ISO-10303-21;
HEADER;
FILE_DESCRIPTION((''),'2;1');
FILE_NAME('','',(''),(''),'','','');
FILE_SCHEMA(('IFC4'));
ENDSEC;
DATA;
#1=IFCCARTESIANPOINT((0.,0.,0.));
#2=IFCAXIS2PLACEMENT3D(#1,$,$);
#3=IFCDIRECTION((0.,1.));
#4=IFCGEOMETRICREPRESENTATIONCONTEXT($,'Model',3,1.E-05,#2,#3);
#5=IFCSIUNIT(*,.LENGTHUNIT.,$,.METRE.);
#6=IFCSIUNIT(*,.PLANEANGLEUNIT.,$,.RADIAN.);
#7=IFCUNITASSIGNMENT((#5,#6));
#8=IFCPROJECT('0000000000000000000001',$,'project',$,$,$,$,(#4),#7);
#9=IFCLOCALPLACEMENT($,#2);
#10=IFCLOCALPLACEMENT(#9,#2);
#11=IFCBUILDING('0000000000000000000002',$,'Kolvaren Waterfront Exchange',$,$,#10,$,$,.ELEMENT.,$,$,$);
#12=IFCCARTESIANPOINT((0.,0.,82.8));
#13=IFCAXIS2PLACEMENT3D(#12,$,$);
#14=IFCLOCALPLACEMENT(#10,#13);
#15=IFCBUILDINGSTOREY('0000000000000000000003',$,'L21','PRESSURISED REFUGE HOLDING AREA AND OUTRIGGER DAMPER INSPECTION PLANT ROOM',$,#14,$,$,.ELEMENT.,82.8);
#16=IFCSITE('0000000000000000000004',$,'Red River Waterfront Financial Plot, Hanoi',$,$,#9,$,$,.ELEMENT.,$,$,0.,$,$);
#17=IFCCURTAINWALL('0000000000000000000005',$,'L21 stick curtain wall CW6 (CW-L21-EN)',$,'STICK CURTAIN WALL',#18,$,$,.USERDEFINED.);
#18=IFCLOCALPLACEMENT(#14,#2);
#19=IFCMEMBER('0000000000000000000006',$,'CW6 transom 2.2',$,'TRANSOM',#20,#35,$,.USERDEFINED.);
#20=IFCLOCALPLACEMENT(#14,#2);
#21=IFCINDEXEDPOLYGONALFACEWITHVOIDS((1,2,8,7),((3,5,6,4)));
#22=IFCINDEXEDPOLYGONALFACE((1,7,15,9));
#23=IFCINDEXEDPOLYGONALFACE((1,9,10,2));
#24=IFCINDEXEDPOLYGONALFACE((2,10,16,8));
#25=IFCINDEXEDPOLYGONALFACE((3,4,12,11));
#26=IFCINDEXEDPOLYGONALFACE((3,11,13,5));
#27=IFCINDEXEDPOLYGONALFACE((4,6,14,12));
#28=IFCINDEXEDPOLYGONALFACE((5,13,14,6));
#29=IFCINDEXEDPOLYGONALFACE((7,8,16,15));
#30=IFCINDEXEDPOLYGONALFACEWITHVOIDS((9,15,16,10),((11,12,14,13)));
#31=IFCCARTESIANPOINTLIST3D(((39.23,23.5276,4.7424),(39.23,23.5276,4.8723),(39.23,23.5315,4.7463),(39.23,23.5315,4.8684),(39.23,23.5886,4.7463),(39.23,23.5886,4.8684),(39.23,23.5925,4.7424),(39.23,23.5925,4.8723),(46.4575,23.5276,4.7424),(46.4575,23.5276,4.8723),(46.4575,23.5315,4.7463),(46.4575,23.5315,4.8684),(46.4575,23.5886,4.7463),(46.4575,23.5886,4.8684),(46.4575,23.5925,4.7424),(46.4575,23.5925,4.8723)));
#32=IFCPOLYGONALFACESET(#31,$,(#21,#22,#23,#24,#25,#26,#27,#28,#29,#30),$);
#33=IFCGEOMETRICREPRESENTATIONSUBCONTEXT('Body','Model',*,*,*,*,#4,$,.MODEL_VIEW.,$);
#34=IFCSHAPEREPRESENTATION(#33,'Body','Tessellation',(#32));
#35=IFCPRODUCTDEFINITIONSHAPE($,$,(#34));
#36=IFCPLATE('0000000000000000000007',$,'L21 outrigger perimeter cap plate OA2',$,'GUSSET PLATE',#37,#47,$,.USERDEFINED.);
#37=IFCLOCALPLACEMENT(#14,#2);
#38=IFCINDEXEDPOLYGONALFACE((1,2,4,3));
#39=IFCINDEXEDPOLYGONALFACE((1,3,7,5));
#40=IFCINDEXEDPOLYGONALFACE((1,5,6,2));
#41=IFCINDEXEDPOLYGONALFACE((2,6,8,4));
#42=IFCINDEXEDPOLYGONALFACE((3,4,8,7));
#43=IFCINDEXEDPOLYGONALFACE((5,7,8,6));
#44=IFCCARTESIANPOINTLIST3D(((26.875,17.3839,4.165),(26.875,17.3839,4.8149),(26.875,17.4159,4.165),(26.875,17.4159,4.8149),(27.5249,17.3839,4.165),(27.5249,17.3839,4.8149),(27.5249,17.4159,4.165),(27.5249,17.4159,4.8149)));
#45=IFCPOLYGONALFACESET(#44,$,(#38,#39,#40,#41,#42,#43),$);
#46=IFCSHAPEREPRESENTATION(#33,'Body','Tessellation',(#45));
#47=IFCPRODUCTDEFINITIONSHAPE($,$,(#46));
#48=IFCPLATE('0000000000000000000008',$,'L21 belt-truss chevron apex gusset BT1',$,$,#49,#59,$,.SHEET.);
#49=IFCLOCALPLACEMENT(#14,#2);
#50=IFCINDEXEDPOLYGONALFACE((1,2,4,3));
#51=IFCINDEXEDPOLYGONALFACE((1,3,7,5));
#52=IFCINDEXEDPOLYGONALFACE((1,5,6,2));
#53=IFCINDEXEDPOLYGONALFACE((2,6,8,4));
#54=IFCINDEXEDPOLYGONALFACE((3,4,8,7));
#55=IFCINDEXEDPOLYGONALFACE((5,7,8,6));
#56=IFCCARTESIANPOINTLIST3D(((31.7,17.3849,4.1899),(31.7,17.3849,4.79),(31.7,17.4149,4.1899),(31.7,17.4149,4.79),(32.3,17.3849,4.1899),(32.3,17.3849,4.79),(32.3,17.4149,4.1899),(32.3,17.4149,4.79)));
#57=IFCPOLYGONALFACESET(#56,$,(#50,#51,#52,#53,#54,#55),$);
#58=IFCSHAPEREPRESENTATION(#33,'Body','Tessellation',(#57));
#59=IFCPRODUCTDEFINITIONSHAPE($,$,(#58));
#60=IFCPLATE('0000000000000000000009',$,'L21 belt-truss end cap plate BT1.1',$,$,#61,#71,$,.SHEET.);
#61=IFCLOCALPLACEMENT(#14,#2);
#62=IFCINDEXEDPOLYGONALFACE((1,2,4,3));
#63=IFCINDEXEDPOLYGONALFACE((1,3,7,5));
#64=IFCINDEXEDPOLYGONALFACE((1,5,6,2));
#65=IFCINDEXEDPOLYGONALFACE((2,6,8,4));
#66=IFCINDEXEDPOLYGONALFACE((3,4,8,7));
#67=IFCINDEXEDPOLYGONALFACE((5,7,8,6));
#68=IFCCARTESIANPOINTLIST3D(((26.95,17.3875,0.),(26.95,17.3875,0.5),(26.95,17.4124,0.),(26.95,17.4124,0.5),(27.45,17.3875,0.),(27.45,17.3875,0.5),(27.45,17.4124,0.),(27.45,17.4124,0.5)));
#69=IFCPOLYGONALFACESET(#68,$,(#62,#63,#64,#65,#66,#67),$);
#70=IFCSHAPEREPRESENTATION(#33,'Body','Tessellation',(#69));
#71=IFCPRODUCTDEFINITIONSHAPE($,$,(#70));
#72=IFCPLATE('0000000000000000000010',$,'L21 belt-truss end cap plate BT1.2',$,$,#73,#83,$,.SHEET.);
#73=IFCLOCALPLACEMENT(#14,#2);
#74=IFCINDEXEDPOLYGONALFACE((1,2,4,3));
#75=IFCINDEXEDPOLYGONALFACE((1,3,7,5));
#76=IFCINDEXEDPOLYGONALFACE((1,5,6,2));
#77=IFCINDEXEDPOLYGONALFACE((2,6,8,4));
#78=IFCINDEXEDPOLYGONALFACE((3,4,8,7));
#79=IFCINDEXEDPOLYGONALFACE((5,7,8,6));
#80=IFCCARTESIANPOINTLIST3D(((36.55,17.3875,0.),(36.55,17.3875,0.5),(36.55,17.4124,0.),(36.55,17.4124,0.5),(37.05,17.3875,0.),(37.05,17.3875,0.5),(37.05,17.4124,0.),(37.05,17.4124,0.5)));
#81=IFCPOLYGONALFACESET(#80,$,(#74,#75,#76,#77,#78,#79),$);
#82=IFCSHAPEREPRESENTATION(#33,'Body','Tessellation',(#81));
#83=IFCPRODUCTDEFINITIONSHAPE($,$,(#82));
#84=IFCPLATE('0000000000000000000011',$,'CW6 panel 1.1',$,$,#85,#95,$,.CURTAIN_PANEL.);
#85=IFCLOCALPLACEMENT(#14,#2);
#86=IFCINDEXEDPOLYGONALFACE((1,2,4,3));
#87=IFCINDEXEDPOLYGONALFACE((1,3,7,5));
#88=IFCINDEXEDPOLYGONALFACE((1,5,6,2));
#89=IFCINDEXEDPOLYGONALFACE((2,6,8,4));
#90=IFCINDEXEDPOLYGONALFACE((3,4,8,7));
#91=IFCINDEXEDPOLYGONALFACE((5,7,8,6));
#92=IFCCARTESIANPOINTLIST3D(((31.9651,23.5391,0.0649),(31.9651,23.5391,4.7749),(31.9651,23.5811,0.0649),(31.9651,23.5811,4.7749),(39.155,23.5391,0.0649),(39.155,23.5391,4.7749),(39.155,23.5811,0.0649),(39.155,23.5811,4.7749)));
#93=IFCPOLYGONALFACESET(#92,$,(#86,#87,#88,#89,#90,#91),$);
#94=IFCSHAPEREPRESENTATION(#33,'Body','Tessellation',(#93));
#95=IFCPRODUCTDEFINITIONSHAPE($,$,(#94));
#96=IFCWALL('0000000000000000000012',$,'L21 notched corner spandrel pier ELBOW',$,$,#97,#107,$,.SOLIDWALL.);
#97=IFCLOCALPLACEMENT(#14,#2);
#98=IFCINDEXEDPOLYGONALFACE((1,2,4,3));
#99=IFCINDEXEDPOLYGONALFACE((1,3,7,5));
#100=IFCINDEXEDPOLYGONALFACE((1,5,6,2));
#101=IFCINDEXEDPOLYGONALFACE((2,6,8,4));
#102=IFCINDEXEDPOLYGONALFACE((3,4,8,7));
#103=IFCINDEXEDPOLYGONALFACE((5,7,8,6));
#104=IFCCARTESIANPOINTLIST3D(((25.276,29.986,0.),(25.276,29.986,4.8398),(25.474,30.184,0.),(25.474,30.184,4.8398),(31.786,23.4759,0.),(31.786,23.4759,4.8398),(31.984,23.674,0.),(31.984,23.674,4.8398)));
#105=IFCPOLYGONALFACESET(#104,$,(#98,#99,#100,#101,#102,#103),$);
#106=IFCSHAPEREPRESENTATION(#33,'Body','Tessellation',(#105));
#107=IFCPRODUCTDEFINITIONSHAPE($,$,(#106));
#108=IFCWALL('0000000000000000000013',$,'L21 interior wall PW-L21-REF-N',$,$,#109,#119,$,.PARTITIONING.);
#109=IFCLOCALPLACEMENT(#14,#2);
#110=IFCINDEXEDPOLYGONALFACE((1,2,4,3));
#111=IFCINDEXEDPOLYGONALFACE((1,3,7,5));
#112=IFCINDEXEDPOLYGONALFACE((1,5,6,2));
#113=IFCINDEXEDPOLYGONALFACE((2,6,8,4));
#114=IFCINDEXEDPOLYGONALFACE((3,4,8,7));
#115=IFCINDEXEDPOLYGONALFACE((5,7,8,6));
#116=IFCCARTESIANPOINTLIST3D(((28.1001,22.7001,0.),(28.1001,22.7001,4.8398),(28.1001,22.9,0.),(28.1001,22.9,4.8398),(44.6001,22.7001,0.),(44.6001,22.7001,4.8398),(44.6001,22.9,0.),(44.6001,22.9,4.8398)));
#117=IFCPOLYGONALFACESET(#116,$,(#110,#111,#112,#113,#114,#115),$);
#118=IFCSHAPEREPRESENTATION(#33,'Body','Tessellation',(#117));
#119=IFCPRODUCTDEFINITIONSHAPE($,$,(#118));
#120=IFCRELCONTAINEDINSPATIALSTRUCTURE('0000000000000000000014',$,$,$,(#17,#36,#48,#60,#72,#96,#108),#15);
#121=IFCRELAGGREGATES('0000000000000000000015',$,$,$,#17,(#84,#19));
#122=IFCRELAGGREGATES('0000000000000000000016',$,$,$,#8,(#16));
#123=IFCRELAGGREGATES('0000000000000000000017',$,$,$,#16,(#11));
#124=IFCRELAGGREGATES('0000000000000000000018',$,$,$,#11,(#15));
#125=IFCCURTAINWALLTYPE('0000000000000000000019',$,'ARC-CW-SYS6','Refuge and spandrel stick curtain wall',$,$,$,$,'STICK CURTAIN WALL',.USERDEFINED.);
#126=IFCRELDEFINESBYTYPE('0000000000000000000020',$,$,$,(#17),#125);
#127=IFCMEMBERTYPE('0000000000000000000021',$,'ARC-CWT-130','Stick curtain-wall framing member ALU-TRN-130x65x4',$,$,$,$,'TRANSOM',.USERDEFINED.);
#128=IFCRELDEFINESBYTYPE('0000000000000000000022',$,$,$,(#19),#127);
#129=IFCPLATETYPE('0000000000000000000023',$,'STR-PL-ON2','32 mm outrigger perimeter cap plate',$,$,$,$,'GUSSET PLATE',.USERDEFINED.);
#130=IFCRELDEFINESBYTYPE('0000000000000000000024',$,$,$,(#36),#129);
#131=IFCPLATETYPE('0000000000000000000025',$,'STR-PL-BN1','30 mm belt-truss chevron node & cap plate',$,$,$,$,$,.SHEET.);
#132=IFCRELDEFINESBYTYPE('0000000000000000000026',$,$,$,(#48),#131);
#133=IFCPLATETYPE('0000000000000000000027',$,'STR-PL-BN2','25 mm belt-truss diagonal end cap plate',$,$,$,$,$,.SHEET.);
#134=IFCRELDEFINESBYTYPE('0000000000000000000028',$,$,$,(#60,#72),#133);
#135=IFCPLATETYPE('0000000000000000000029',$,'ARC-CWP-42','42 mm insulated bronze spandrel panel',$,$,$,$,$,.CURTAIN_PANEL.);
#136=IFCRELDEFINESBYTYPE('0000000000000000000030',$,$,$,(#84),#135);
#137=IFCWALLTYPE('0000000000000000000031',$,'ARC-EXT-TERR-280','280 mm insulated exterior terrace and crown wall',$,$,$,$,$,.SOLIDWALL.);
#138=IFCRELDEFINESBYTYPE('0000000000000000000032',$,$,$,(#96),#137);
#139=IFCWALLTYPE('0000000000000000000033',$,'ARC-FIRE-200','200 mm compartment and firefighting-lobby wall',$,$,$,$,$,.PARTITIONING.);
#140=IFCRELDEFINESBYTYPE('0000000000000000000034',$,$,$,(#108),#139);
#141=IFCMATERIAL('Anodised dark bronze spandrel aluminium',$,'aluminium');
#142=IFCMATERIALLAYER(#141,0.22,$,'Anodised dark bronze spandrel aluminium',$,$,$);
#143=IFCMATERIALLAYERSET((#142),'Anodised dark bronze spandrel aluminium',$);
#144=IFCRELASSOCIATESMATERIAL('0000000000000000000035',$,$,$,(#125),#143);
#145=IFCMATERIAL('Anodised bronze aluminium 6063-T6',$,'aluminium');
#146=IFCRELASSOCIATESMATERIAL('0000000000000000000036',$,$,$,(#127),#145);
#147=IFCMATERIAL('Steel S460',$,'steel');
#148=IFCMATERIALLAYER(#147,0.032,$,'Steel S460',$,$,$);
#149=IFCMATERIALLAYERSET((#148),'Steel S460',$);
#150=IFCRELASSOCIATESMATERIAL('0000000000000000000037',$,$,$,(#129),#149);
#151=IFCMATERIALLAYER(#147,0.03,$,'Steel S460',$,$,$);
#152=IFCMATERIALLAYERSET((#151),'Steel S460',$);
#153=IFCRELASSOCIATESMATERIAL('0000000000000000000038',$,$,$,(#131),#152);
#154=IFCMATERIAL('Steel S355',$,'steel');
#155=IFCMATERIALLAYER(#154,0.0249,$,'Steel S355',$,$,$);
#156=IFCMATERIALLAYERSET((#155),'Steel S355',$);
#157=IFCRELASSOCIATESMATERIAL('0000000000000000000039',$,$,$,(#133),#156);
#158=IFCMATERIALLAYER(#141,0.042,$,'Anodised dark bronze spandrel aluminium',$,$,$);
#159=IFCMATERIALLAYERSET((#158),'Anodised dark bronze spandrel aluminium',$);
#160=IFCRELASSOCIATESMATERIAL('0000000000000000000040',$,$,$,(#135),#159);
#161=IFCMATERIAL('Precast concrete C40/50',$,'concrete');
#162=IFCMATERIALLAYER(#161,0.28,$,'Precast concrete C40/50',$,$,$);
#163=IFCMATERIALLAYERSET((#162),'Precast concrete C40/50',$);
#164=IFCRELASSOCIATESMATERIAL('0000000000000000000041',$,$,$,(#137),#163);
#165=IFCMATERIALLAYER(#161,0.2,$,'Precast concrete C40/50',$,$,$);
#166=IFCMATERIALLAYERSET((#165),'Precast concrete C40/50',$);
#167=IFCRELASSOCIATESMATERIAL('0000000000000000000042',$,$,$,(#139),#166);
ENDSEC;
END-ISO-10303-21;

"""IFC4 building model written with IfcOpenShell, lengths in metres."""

from ifc_helpers import new_model, si_unit, direction, frame, frame_2d, origin, origin_with_axes, origin_2d, place, context, subcontext, project, spatial, rectangle, hollow_rectangle, extrude, source, transform, mapped, material, layer, layer_set, material_profile, profile_set, type_object, element, aggregate, save


model = new_model("IFC4")

# Units and contexts
model_context = context("Model", 3, precision=1e-05, world=origin(), true_north=direction((0.0, 1.0)))
body_context = subcontext(model_context, "Body", "Model", "MODEL_VIEW")
ifc_project = project(units=[si_unit("LENGTHUNIT", "METRE"), si_unit("PLANEANGLEUNIT", "RADIAN")], contexts=[model_context])

# Site, building, storey
site_placement = place(None, origin())
site = spatial("IfcSite", under=ifc_project, at=site_placement, Name="Red River Waterfront Financial Plot, Hanoi", CompositionType="ELEMENT", RefElevation=0.0)
building_placement = place(site_placement, origin())
building = spatial("IfcBuilding", under=site, at=building_placement, Name="Kolvaren Waterfront Exchange", CompositionType="ELEMENT")
storey_placement = place(building_placement, frame((0.0, 0.0, 82.8)))
storey = spatial("IfcBuildingStorey", under=building, at=storey_placement, Name="L21", Description="PRESSURISED REFUGE HOLDING AREA AND OUTRIGGER DAMPER INSPECTION PLANT ROOM", CompositionType="ELEMENT", Elevation=82.8)

# Shared definitions
ifc_material_1 = material(Name="Steel S355", Category="steel")

# Shared definitions
ifc_material_2 = material(Name="Steel S460", Category="steel")

# Curtain wall, member
ifc_material_3 = material(Name="Anodised dark bronze spandrel aluminium", Category="aluminium")
ifc_layer_1 = layer(ifc_material_3, 0.22, Name="Anodised dark bronze spandrel aluminium")
ifc_layer_set_1 = layer_set([ifc_layer_1], Name="Anodised dark bronze spandrel aluminium")
curtain_wall_type = type_object("IfcCurtainWallType", Name="ARC-CW-SYS6", Description="Refuge and spandrel stick curtain wall", ElementType="STICK CURTAIN WALL", PredefinedType="USERDEFINED", material=ifc_layer_set_1)
curtain_wall_placement = place(storey_placement, origin())
curtain_wall = element("IfcCurtainWall", 1, at=curtain_wall_placement, inside=storey, type_object=curtain_wall_type, Name="L21 stick curtain wall CW6 (CW-L21-EN)", ObjectType="STICK CURTAIN WALL", PredefinedType="USERDEFINED")
ifc_material_4 = material(Name="Anodised bronze aluminium 6063-T6", Category="aluminium")
ifc_material_profile_1 = material_profile(ifc_material_4, hollow_rectangle(XDim=0.0649, YDim=0.1299, WallThickness=0.0039, at=origin_2d()), Name="ALU-TRN-130x65x4")
ifc_profile_set_1 = profile_set([ifc_material_profile_1], Name="Anodised bronze aluminium 6063-T6")
member_type_1 = type_object("IfcMemberType", Name="ARC-CWT-130", Description="Stick curtain-wall framing member ALU-TRN-130x65x4", ElementType="TRANSOM", PredefinedType="USERDEFINED", material=ifc_profile_set_1)
shared_shape_1 = source(origin_with_axes(), body_context, "Body", "SweptSolid", [
    extrude(hollow_rectangle(XDim=0.0649, YDim=0.1299, WallThickness=0.0039, at=origin_2d()), origin(), (0.0, 0.0, 1.0), 7.2275),
])
member_1_placement = place(storey_placement, frame((39.23, 23.5601, 4.8074), z_axis=(1.0, 0.0, 0.0), x_axis=(0.0, 1.0, 0.0)))
member_1 = element("IfcMember", 2, at=member_1_placement, type_object=member_type_1, Name="CW6 transom 2.2", ObjectType="TRANSOM", PredefinedType="USERDEFINED", context=body_context, shape_type="MappedRepresentation", body=[
    mapped(shared_shape_1, transform((0.0, 0.0, 0.0), x_axis=(1.0, 0.0, 0.0), y_axis=(0.0, 1.0, 0.0), z_axis=(0.0, 0.0, 1.0), scale=1.0)),
])

# Plates
ifc_layer_2 = layer(ifc_material_2, 0.032, Name="Steel S460")
ifc_layer_set_2 = layer_set([ifc_layer_2], Name="Steel S460")
plate_type_1 = type_object("IfcPlateType", Name="STR-PL-ON2", Description="32 mm outrigger perimeter cap plate", ElementType="GUSSET PLATE", PredefinedType="USERDEFINED", material=ifc_layer_set_2)
shared_shape_2 = source(origin_with_axes(), body_context, "Body", "SweptSolid", [
    extrude(rectangle(XDim=0.6499, YDim=0.032, at=origin_2d()), origin(), (0.0, 0.0, 1.0), 0.6499),
])
plate_1_placement = place(storey_placement, frame((27.2, 17.3999, 4.165), z_axis=(0.0, 0.0, 1.0), x_axis=(1.0, 0.0, 0.0)))
element("IfcPlate", 3, at=plate_1_placement, inside=storey, type_object=plate_type_1, Name="L21 outrigger perimeter cap plate OA2", ObjectType="GUSSET PLATE", PredefinedType="USERDEFINED", context=body_context, shape_type="MappedRepresentation", body=[
    mapped(shared_shape_2, transform((0.0, 0.0, 0.0), x_axis=(1.0, 0.0, 0.0), y_axis=(0.0, 1.0, 0.0), z_axis=(0.0, 0.0, 1.0), scale=1.0)),
])
ifc_layer_3 = layer(ifc_material_2, 0.03, Name="Steel S460")
ifc_layer_set_3 = layer_set([ifc_layer_3], Name="Steel S460")
plate_type_2 = type_object("IfcPlateType", Name="STR-PL-BN1", Description="30 mm belt-truss chevron node & cap plate", PredefinedType="SHEET", material=ifc_layer_set_3)
shared_shape_3 = source(origin_with_axes(), body_context, "Body", "SweptSolid", [
    extrude(rectangle(XDim=0.6001, YDim=0.03, at=origin_2d()), origin(), (0.0, 0.0, 1.0), 0.6001),
])
plate_2_placement = place(storey_placement, frame((32.0, 17.3999, 4.1899), z_axis=(0.0, 0.0, 1.0), x_axis=(1.0, 0.0, 0.0)))
element("IfcPlate", 4, at=plate_2_placement, inside=storey, type_object=plate_type_2, Name="L21 belt-truss chevron apex gusset BT1", PredefinedType="SHEET", context=body_context, shape_type="MappedRepresentation", body=[
    mapped(shared_shape_3, transform((0.0, 0.0, 0.0), x_axis=(1.0, 0.0, 0.0), y_axis=(0.0, 1.0, 0.0), z_axis=(0.0, 0.0, 1.0), scale=1.0)),
])
ifc_layer_4 = layer(ifc_material_1, 0.0249, Name="Steel S355")
ifc_layer_set_4 = layer_set([ifc_layer_4], Name="Steel S355")
plate_type_3 = type_object("IfcPlateType", Name="STR-PL-BN2", Description="25 mm belt-truss diagonal end cap plate", PredefinedType="SHEET", material=ifc_layer_set_4)
shared_shape_4 = source(origin_with_axes(), body_context, "Body", "SweptSolid", [
    extrude(rectangle(XDim=0.5, YDim=0.0249, at=origin_2d()), origin(), (0.0, 0.0, 1.0), 0.5),
])
for number, where, z_axis, x_axis, name in (
    (5, (27.2, 17.3999, 0.0), (0.0, 0.0, 1.0), (1.0, 0.0, 0.0), "L21 belt-truss end cap plate BT1.1"),
    (6, (36.8, 17.3999, 0.0), (0.0, 0.0, 1.0), (1.0, 0.0, 0.0), "L21 belt-truss end cap plate BT1.2"),
):
    element("IfcPlate", number, at=place(storey_placement, frame(where, z_axis=z_axis, x_axis=x_axis)), inside=storey, type_object=plate_type_3, Name=name, PredefinedType="SHEET", context=body_context, shape_type="MappedRepresentation", body=[
        mapped(shared_shape_4, transform((0.0, 0.0, 0.0), x_axis=(1.0, 0.0, 0.0), y_axis=(0.0, 1.0, 0.0), z_axis=(0.0, 0.0, 1.0), scale=1.0)),
    ])

# Plate
ifc_layer_5 = layer(ifc_material_3, 0.042, Name="Anodised dark bronze spandrel aluminium")
ifc_layer_set_5 = layer_set([ifc_layer_5], Name="Anodised dark bronze spandrel aluminium")
plate_type_4 = type_object("IfcPlateType", Name="ARC-CWP-42", Description="42 mm insulated bronze spandrel panel", PredefinedType="CURTAIN_PANEL", material=ifc_layer_set_5)
shared_shape_5 = source(origin_with_axes(), body_context, "Body", "SweptSolid", [
    extrude(rectangle(XDim=7.1899, YDim=0.042, at=origin_2d()), origin(), (0.0, 0.0, 1.0), 4.71),
])
plate_3_placement = place(storey_placement, frame((35.5601, 23.5601, 0.0649), z_axis=(0.0, 0.0, 1.0), x_axis=(1.0, 0.0, 0.0)))
plate_3 = element("IfcPlate", 7, at=plate_3_placement, type_object=plate_type_4, Name="CW6 panel 1.1", PredefinedType="CURTAIN_PANEL", context=body_context, shape_type="MappedRepresentation", body=[
    mapped(shared_shape_5, transform((0.0, 0.0, 0.0), x_axis=(1.0, 0.0, 0.0), y_axis=(0.0, 1.0, 0.0), z_axis=(0.0, 0.0, 1.0), scale=1.0)),
])
aggregate(curtain_wall, [plate_3, member_1])

# Walls
ifc_material_5 = material(Name="Precast concrete C40/50", Category="concrete")
ifc_layer_6 = layer(ifc_material_5, 0.28, Name="Precast concrete C40/50")
ifc_layer_set_6 = layer_set([ifc_layer_6], Name="Precast concrete C40/50")
wall_type_1 = type_object("IfcWallType", Name="ARC-EXT-TERR-280", Description="280 mm insulated exterior terrace and crown wall", PredefinedType="SOLIDWALL", material=ifc_layer_set_6)
wall_1_placement = place(storey_placement, frame((31.885, 23.575, 0.0), z_axis=(0.0, 0.0, 1.0), x_axis=(-0.707107, 0.707107, 0.0)))
element("IfcWall", 8, at=wall_1_placement, inside=storey, type_object=wall_type_1, Name="L21 notched corner spandrel pier ELBOW", PredefinedType="SOLIDWALL", context=body_context, shape_type="SweptSolid", body=[
    extrude(rectangle(XDim=9.2065, YDim=0.28, at=frame_2d((4.6033, 0.0))), origin(), (0.0, 0.0, 1.0), 4.8398),
])
ifc_layer_7 = layer(ifc_material_5, 0.2, Name="Precast concrete C40/50")
ifc_layer_set_7 = layer_set([ifc_layer_7], Name="Precast concrete C40/50")
wall_type_2 = type_object("IfcWallType", Name="ARC-FIRE-200", Description="200 mm compartment and firefighting-lobby wall", PredefinedType="PARTITIONING", material=ifc_layer_set_7)
wall_2_placement = place(storey_placement, frame((28.1001, 22.8, 0.0), z_axis=(0.0, 0.0, 1.0), x_axis=(1.0, 0.0, 0.0)))
element("IfcWall", 9, at=wall_2_placement, inside=storey, type_object=wall_type_2, Name="L21 interior wall PW-L21-REF-N", PredefinedType="PARTITIONING", context=body_context, shape_type="SweptSolid", body=[
    extrude(rectangle(XDim=16.5, YDim=0.2, at=frame_2d((8.25, 0.0))), origin(), (0.0, 0.0, 1.0), 4.8398),
])

save(model, "model.ifc")
